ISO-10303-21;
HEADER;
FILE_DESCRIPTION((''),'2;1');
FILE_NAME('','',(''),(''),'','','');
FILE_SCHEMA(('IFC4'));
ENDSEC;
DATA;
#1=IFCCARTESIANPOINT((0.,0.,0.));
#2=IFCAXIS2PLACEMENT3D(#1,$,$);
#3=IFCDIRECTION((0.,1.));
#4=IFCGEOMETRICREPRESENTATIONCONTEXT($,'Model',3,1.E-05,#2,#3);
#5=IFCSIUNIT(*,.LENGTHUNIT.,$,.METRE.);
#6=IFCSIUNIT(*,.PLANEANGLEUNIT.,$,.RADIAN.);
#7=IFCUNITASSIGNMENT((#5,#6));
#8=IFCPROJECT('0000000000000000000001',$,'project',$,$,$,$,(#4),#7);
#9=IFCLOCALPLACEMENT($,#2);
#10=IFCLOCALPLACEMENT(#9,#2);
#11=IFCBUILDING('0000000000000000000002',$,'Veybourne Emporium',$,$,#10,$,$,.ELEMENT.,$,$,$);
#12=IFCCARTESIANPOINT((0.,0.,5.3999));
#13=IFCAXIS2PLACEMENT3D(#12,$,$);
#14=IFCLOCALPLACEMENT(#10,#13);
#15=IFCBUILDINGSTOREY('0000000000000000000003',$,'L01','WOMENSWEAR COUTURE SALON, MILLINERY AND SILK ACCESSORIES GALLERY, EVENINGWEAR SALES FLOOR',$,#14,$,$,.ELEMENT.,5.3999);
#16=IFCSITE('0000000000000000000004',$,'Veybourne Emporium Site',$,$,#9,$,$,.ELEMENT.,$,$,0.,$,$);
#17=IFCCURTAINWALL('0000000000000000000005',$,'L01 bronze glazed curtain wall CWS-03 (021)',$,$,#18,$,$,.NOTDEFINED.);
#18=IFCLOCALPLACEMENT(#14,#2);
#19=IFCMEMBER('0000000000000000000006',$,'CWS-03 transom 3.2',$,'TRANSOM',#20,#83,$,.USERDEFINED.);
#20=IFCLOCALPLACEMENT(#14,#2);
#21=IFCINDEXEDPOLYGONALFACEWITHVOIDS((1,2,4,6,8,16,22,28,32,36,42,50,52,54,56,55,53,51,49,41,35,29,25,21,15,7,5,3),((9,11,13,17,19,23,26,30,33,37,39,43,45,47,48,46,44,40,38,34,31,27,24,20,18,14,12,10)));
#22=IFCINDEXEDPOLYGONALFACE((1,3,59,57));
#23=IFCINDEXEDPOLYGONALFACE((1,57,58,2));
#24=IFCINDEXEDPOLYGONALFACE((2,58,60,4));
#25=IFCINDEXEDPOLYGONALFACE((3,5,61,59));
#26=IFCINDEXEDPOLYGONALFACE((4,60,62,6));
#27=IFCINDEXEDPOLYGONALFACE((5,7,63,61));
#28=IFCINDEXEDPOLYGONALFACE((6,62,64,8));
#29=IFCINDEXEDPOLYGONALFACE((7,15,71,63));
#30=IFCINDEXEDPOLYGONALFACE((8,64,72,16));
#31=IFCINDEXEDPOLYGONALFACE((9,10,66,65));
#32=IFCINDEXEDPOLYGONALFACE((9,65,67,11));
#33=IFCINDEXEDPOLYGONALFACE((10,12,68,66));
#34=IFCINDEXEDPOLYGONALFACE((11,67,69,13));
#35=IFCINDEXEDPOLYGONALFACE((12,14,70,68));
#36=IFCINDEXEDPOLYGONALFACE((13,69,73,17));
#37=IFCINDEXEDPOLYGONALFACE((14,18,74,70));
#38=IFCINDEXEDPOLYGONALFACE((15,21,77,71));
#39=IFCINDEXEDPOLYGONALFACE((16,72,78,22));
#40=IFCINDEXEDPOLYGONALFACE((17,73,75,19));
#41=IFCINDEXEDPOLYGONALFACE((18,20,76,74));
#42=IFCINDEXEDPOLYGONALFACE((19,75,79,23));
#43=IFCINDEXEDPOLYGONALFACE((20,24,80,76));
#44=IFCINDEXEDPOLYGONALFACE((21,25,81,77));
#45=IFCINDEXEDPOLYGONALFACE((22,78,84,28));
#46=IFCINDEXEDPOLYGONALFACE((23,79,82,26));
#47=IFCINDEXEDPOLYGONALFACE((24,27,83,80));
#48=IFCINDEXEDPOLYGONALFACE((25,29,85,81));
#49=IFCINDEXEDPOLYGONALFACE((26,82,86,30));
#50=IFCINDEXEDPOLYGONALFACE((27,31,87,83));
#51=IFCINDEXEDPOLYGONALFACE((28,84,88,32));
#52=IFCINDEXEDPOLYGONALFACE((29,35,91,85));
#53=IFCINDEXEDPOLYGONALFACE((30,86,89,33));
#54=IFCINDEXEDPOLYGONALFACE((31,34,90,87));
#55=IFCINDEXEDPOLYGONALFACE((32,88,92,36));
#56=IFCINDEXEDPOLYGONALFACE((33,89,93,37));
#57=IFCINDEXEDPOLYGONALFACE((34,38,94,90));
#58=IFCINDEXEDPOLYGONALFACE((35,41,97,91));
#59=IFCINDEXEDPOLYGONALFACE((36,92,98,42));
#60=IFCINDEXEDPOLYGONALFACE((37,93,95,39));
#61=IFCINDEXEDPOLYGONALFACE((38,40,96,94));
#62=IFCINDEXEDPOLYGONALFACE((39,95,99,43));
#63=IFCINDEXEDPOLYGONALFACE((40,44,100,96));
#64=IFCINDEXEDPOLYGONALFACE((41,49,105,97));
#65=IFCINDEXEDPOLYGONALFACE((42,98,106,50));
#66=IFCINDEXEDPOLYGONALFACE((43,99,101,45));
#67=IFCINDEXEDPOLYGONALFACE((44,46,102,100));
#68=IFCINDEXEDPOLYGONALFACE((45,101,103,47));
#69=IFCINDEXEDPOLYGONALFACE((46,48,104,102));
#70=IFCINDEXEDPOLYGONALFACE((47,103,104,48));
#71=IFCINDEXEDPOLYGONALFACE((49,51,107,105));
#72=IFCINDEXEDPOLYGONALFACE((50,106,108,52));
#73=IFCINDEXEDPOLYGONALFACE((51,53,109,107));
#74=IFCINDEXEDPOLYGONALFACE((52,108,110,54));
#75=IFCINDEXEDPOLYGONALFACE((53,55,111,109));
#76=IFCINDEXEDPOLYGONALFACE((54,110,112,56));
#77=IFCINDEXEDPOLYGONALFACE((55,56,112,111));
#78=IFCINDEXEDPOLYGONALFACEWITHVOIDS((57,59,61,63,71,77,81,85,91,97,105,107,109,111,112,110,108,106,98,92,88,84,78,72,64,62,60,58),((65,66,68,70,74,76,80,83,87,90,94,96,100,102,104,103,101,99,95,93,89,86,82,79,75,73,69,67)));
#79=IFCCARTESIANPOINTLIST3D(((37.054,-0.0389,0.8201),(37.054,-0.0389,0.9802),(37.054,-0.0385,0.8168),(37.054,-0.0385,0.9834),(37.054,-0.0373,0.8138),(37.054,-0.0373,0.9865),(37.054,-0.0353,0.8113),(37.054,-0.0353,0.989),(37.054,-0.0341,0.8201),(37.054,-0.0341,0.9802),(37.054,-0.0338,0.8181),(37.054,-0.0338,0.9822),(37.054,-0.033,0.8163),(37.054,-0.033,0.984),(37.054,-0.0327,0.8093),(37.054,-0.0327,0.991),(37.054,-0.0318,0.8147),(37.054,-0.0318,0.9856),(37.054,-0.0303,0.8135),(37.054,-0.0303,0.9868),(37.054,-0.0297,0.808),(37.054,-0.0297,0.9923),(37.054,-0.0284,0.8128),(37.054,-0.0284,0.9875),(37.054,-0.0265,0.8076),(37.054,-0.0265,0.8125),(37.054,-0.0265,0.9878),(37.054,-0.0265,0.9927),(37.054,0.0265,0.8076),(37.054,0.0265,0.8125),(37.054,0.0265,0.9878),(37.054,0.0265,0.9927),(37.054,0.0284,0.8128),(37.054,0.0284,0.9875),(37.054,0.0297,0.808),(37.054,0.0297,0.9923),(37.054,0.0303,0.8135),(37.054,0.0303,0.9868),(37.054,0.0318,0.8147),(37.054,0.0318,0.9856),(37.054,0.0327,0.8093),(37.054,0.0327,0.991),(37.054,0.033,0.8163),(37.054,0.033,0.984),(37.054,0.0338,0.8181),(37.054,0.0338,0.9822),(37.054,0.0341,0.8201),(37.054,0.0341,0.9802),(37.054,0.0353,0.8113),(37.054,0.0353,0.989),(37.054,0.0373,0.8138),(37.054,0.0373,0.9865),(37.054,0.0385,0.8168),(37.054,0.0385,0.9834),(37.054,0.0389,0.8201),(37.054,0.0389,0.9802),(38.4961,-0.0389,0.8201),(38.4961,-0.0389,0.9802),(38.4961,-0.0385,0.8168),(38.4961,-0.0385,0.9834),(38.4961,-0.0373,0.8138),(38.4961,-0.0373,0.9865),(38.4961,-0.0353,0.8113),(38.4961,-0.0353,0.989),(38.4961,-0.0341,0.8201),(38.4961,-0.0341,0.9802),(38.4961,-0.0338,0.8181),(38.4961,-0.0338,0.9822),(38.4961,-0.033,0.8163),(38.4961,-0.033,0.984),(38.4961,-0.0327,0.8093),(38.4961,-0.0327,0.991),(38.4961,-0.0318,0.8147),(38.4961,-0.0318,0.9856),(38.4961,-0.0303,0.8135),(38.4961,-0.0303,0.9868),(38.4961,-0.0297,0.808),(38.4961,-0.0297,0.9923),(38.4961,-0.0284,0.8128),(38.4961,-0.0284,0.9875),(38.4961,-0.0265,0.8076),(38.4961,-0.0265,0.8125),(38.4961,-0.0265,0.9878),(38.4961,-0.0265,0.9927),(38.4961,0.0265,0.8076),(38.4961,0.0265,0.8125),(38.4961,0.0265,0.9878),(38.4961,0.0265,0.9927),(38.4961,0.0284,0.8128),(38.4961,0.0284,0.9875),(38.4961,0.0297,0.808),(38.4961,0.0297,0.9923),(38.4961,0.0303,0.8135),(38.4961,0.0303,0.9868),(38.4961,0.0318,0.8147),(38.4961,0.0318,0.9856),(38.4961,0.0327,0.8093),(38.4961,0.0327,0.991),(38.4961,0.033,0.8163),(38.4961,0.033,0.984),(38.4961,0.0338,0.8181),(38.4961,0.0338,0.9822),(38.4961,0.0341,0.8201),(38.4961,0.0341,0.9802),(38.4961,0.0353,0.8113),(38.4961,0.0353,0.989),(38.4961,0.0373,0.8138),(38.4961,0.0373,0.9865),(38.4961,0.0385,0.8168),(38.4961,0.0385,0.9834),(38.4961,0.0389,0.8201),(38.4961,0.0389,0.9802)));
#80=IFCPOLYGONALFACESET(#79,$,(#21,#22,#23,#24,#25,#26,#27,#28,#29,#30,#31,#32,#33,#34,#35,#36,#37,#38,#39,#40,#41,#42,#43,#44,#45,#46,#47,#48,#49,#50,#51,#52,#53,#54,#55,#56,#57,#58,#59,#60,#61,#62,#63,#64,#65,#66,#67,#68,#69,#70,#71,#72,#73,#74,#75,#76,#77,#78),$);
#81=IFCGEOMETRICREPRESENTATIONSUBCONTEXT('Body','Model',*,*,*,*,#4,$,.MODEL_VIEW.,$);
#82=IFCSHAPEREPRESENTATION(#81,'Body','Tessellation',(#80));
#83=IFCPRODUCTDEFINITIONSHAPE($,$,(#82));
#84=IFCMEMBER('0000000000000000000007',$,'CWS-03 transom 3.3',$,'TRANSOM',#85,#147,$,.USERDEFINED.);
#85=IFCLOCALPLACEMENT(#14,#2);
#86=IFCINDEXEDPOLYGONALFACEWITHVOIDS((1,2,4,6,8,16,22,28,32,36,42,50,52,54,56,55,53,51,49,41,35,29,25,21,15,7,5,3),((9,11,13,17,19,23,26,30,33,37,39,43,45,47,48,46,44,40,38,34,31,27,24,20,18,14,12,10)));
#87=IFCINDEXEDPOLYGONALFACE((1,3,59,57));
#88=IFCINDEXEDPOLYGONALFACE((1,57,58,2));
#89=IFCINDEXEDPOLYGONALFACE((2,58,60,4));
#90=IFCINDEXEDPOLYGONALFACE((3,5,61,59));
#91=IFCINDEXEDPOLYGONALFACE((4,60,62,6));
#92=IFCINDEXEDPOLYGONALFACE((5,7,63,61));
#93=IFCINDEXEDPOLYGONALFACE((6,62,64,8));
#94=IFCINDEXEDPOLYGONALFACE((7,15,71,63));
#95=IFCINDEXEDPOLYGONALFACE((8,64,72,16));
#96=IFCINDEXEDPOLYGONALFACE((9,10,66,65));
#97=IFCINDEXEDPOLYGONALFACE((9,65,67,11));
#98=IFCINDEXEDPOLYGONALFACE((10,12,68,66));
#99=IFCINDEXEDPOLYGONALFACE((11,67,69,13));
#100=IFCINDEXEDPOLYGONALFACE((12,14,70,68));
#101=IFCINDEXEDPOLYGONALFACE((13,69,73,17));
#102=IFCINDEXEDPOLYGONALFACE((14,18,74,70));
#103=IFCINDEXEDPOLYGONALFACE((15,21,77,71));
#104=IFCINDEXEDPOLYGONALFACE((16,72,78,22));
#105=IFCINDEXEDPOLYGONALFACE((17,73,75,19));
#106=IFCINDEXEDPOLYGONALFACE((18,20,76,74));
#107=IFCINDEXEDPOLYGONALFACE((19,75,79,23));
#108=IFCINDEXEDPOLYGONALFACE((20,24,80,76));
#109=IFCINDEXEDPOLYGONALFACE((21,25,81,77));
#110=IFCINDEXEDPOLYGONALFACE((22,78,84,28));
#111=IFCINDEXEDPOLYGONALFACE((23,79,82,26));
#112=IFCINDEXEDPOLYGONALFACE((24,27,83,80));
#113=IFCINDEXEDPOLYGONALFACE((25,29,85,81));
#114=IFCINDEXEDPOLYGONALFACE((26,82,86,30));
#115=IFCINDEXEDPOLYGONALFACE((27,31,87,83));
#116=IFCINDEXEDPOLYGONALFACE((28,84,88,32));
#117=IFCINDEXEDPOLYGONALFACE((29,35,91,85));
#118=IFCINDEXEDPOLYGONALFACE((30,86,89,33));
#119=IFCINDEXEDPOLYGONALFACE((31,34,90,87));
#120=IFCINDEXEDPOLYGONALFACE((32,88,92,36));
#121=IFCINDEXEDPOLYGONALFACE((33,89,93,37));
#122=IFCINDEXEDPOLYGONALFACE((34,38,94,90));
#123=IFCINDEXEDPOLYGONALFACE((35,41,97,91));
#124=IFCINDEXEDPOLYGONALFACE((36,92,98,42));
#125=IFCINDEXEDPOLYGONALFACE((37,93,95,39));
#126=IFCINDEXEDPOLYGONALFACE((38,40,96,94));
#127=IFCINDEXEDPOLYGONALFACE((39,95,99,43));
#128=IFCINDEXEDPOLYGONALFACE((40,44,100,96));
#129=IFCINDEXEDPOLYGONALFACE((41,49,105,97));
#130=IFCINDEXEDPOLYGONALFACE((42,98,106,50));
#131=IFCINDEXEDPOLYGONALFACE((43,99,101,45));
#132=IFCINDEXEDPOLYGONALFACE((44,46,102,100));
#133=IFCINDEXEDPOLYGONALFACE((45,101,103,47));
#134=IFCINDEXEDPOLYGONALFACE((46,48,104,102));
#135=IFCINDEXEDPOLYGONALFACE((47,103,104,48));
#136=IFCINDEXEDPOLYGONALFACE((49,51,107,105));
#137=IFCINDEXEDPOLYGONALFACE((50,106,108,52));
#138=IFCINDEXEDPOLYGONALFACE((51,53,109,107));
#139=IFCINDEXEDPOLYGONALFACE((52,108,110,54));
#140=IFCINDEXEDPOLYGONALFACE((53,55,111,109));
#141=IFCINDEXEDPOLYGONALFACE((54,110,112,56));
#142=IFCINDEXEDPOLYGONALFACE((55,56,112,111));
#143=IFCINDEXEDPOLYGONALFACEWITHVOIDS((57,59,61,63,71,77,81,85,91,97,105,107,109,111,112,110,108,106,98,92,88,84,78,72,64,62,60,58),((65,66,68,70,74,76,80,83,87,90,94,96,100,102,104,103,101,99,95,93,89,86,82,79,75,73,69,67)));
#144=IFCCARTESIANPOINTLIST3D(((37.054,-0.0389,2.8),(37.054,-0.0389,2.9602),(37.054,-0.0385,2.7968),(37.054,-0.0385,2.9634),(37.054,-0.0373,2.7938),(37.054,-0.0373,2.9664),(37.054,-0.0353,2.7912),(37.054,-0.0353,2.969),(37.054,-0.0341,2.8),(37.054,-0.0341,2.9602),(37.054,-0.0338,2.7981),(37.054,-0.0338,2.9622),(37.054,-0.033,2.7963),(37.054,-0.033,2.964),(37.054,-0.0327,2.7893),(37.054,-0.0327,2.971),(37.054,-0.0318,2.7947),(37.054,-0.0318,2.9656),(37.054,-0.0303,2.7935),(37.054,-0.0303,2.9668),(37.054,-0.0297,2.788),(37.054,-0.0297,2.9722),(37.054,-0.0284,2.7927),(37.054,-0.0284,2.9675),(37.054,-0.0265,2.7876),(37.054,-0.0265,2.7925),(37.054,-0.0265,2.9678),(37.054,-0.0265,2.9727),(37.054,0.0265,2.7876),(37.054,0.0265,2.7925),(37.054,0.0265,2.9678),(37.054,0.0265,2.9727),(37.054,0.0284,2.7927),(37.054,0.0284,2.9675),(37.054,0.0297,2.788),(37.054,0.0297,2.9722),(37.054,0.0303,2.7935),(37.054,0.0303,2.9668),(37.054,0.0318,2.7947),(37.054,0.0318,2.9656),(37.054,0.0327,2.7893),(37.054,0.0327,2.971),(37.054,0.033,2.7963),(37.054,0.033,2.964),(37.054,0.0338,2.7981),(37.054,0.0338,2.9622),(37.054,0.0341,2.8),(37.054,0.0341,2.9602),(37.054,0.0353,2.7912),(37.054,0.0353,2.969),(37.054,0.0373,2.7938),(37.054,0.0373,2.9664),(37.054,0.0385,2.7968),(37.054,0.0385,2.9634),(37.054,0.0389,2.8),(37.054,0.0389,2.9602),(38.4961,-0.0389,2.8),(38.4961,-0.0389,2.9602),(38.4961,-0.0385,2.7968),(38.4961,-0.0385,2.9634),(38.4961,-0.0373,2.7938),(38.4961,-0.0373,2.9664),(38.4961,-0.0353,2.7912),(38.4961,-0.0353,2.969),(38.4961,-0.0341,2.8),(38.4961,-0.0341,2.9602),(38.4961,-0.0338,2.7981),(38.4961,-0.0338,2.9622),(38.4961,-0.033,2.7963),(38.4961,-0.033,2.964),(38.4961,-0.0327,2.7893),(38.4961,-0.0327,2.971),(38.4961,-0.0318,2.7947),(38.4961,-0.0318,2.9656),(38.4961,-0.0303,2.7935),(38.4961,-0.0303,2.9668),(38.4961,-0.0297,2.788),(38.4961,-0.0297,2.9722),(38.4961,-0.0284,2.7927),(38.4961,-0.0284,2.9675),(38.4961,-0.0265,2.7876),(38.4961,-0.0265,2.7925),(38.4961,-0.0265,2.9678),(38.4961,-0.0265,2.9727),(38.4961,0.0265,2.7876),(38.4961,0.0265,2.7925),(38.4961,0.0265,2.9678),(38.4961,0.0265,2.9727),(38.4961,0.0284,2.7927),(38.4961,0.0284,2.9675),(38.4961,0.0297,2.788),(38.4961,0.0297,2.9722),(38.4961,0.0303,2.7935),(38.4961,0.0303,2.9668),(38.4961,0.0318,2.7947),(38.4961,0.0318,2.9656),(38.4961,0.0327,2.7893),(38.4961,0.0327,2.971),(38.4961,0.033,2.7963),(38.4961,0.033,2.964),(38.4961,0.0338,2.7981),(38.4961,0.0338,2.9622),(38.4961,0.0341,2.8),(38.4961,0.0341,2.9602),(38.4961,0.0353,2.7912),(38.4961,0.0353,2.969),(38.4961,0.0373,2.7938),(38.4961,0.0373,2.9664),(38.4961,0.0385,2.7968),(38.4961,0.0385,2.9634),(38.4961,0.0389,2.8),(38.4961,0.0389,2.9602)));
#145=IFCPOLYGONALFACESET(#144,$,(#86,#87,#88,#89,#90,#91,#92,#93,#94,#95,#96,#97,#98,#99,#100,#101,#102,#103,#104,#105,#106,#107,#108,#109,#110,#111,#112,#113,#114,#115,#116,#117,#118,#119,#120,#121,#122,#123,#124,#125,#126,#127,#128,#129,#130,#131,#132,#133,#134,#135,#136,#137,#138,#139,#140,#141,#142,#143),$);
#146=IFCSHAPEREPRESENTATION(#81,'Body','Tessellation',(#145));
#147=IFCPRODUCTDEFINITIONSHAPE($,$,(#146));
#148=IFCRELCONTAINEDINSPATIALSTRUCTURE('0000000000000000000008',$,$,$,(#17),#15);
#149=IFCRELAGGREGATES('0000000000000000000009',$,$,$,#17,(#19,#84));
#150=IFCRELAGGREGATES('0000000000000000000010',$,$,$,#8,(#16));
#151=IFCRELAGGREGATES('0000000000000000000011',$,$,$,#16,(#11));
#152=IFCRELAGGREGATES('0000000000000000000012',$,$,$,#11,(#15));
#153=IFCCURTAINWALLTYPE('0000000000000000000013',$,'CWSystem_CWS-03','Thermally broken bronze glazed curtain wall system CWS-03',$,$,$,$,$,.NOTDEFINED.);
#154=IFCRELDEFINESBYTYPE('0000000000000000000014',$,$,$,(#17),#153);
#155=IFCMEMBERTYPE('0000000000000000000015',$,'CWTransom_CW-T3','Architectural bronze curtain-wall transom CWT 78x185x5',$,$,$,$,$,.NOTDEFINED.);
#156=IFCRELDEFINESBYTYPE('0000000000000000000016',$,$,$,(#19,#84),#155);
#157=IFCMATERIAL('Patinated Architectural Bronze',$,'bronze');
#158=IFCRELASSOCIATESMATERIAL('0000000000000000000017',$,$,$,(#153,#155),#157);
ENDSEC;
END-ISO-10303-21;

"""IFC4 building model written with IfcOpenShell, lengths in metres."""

from ifc_helpers import new_model, si_unit, direction, frame, origin, origin_2d, place, context, subcontext, project, spatial, hollow_rectangle, extrude, material, material_profile, profile_set, type_object, element, aggregate, save


model = new_model("IFC4")

# Units and contexts
model_context = context("Model", 3, precision=1e-05, world=origin(), true_north=direction((0.0, 1.0)))
body_context = subcontext(model_context, "Body", "Model", "MODEL_VIEW")
ifc_project = project(units=[si_unit("LENGTHUNIT", "METRE"), si_unit("PLANEANGLEUNIT", "RADIAN")], contexts=[model_context])

# Site, building, storey
site_placement = place(None, origin())
site = spatial("IfcSite", under=ifc_project, at=site_placement, Name="Veybourne Emporium Site", CompositionType="ELEMENT", RefElevation=0.0)
building_placement = place(site_placement, origin())
building = spatial("IfcBuilding", under=site, at=building_placement, Name="Veybourne Emporium", CompositionType="ELEMENT")
storey_placement = place(building_placement, frame((0.0, 0.0, 5.3999)))
storey = spatial("IfcBuildingStorey", under=building, at=storey_placement, Name="L01", Description="WOMENSWEAR COUTURE SALON, MILLINERY AND SILK ACCESSORIES GALLERY, EVENINGWEAR SALES FLOOR", CompositionType="ELEMENT", Elevation=5.3999)

# Curtain wall, members
ifc_material_1 = material(Name="Patinated Architectural Bronze", Category="bronze")
curtain_wall_type = type_object("IfcCurtainWallType", Name="CWSystem_CWS-03", Description="Thermally broken bronze glazed curtain wall system CWS-03", PredefinedType="NOTDEFINED", material=ifc_material_1)
curtain_wall_placement = place(storey_placement, origin())
curtain_wall = element("IfcCurtainWall", 1, at=curtain_wall_placement, inside=storey, type_object=curtain_wall_type, Name="L01 bronze glazed curtain wall CWS-03 (021)", PredefinedType="NOTDEFINED")
ifc_material_profile_1 = material_profile(ifc_material_1, hollow_rectangle(XDim=0.0779, YDim=0.1851, WallThickness=0.0049, InnerFilletRadius=0.0076, OuterFilletRadius=0.0125, at=origin_2d()), Name="CWT 78x185x5")
ifc_profile_set_1 = profile_set([ifc_material_profile_1], Name="Patinated Architectural Bronze")
member_type_1 = type_object("IfcMemberType", Name="CWTransom_CW-T3", Description="Architectural bronze curtain-wall transom CWT 78x185x5", PredefinedType="NOTDEFINED", material=ifc_profile_set_1)
member_1_placement = place(storey_placement, frame((38.4961, 0.0, 0.9001), z_axis=(-1.0, 0.0, 0.0), x_axis=(0.0, -1.0, 0.0)))
member_1 = element("IfcMember", 2, at=member_1_placement, type_object=member_type_1, Name="CWS-03 transom 3.2", ObjectType="TRANSOM", PredefinedType="USERDEFINED", context=body_context, shape_type="SweptSolid", body=[
    extrude(hollow_rectangle(XDim=0.0779, YDim=0.1851, WallThickness=0.0049, InnerFilletRadius=0.0076, OuterFilletRadius=0.0125, at=origin_2d()), origin(), (0.0, 0.0, 1.0), 1.4421),
])
member_2_placement = place(storey_placement, frame((38.4961, 0.0, 2.8801), z_axis=(-1.0, 0.0, 0.0), x_axis=(0.0, -1.0, 0.0)))
member_2 = element("IfcMember", 3, at=member_2_placement, type_object=member_type_1, Name="CWS-03 transom 3.3", ObjectType="TRANSOM", PredefinedType="USERDEFINED", context=body_context, shape_type="SweptSolid", body=[
    extrude(hollow_rectangle(XDim=0.0779, YDim=0.1851, WallThickness=0.0049, InnerFilletRadius=0.0076, OuterFilletRadius=0.0125, at=origin_2d()), origin(), (0.0, 0.0, 1.0), 1.4421),
])
aggregate(curtain_wall, [member_1, member_2])

save(model, "model.ifc")
